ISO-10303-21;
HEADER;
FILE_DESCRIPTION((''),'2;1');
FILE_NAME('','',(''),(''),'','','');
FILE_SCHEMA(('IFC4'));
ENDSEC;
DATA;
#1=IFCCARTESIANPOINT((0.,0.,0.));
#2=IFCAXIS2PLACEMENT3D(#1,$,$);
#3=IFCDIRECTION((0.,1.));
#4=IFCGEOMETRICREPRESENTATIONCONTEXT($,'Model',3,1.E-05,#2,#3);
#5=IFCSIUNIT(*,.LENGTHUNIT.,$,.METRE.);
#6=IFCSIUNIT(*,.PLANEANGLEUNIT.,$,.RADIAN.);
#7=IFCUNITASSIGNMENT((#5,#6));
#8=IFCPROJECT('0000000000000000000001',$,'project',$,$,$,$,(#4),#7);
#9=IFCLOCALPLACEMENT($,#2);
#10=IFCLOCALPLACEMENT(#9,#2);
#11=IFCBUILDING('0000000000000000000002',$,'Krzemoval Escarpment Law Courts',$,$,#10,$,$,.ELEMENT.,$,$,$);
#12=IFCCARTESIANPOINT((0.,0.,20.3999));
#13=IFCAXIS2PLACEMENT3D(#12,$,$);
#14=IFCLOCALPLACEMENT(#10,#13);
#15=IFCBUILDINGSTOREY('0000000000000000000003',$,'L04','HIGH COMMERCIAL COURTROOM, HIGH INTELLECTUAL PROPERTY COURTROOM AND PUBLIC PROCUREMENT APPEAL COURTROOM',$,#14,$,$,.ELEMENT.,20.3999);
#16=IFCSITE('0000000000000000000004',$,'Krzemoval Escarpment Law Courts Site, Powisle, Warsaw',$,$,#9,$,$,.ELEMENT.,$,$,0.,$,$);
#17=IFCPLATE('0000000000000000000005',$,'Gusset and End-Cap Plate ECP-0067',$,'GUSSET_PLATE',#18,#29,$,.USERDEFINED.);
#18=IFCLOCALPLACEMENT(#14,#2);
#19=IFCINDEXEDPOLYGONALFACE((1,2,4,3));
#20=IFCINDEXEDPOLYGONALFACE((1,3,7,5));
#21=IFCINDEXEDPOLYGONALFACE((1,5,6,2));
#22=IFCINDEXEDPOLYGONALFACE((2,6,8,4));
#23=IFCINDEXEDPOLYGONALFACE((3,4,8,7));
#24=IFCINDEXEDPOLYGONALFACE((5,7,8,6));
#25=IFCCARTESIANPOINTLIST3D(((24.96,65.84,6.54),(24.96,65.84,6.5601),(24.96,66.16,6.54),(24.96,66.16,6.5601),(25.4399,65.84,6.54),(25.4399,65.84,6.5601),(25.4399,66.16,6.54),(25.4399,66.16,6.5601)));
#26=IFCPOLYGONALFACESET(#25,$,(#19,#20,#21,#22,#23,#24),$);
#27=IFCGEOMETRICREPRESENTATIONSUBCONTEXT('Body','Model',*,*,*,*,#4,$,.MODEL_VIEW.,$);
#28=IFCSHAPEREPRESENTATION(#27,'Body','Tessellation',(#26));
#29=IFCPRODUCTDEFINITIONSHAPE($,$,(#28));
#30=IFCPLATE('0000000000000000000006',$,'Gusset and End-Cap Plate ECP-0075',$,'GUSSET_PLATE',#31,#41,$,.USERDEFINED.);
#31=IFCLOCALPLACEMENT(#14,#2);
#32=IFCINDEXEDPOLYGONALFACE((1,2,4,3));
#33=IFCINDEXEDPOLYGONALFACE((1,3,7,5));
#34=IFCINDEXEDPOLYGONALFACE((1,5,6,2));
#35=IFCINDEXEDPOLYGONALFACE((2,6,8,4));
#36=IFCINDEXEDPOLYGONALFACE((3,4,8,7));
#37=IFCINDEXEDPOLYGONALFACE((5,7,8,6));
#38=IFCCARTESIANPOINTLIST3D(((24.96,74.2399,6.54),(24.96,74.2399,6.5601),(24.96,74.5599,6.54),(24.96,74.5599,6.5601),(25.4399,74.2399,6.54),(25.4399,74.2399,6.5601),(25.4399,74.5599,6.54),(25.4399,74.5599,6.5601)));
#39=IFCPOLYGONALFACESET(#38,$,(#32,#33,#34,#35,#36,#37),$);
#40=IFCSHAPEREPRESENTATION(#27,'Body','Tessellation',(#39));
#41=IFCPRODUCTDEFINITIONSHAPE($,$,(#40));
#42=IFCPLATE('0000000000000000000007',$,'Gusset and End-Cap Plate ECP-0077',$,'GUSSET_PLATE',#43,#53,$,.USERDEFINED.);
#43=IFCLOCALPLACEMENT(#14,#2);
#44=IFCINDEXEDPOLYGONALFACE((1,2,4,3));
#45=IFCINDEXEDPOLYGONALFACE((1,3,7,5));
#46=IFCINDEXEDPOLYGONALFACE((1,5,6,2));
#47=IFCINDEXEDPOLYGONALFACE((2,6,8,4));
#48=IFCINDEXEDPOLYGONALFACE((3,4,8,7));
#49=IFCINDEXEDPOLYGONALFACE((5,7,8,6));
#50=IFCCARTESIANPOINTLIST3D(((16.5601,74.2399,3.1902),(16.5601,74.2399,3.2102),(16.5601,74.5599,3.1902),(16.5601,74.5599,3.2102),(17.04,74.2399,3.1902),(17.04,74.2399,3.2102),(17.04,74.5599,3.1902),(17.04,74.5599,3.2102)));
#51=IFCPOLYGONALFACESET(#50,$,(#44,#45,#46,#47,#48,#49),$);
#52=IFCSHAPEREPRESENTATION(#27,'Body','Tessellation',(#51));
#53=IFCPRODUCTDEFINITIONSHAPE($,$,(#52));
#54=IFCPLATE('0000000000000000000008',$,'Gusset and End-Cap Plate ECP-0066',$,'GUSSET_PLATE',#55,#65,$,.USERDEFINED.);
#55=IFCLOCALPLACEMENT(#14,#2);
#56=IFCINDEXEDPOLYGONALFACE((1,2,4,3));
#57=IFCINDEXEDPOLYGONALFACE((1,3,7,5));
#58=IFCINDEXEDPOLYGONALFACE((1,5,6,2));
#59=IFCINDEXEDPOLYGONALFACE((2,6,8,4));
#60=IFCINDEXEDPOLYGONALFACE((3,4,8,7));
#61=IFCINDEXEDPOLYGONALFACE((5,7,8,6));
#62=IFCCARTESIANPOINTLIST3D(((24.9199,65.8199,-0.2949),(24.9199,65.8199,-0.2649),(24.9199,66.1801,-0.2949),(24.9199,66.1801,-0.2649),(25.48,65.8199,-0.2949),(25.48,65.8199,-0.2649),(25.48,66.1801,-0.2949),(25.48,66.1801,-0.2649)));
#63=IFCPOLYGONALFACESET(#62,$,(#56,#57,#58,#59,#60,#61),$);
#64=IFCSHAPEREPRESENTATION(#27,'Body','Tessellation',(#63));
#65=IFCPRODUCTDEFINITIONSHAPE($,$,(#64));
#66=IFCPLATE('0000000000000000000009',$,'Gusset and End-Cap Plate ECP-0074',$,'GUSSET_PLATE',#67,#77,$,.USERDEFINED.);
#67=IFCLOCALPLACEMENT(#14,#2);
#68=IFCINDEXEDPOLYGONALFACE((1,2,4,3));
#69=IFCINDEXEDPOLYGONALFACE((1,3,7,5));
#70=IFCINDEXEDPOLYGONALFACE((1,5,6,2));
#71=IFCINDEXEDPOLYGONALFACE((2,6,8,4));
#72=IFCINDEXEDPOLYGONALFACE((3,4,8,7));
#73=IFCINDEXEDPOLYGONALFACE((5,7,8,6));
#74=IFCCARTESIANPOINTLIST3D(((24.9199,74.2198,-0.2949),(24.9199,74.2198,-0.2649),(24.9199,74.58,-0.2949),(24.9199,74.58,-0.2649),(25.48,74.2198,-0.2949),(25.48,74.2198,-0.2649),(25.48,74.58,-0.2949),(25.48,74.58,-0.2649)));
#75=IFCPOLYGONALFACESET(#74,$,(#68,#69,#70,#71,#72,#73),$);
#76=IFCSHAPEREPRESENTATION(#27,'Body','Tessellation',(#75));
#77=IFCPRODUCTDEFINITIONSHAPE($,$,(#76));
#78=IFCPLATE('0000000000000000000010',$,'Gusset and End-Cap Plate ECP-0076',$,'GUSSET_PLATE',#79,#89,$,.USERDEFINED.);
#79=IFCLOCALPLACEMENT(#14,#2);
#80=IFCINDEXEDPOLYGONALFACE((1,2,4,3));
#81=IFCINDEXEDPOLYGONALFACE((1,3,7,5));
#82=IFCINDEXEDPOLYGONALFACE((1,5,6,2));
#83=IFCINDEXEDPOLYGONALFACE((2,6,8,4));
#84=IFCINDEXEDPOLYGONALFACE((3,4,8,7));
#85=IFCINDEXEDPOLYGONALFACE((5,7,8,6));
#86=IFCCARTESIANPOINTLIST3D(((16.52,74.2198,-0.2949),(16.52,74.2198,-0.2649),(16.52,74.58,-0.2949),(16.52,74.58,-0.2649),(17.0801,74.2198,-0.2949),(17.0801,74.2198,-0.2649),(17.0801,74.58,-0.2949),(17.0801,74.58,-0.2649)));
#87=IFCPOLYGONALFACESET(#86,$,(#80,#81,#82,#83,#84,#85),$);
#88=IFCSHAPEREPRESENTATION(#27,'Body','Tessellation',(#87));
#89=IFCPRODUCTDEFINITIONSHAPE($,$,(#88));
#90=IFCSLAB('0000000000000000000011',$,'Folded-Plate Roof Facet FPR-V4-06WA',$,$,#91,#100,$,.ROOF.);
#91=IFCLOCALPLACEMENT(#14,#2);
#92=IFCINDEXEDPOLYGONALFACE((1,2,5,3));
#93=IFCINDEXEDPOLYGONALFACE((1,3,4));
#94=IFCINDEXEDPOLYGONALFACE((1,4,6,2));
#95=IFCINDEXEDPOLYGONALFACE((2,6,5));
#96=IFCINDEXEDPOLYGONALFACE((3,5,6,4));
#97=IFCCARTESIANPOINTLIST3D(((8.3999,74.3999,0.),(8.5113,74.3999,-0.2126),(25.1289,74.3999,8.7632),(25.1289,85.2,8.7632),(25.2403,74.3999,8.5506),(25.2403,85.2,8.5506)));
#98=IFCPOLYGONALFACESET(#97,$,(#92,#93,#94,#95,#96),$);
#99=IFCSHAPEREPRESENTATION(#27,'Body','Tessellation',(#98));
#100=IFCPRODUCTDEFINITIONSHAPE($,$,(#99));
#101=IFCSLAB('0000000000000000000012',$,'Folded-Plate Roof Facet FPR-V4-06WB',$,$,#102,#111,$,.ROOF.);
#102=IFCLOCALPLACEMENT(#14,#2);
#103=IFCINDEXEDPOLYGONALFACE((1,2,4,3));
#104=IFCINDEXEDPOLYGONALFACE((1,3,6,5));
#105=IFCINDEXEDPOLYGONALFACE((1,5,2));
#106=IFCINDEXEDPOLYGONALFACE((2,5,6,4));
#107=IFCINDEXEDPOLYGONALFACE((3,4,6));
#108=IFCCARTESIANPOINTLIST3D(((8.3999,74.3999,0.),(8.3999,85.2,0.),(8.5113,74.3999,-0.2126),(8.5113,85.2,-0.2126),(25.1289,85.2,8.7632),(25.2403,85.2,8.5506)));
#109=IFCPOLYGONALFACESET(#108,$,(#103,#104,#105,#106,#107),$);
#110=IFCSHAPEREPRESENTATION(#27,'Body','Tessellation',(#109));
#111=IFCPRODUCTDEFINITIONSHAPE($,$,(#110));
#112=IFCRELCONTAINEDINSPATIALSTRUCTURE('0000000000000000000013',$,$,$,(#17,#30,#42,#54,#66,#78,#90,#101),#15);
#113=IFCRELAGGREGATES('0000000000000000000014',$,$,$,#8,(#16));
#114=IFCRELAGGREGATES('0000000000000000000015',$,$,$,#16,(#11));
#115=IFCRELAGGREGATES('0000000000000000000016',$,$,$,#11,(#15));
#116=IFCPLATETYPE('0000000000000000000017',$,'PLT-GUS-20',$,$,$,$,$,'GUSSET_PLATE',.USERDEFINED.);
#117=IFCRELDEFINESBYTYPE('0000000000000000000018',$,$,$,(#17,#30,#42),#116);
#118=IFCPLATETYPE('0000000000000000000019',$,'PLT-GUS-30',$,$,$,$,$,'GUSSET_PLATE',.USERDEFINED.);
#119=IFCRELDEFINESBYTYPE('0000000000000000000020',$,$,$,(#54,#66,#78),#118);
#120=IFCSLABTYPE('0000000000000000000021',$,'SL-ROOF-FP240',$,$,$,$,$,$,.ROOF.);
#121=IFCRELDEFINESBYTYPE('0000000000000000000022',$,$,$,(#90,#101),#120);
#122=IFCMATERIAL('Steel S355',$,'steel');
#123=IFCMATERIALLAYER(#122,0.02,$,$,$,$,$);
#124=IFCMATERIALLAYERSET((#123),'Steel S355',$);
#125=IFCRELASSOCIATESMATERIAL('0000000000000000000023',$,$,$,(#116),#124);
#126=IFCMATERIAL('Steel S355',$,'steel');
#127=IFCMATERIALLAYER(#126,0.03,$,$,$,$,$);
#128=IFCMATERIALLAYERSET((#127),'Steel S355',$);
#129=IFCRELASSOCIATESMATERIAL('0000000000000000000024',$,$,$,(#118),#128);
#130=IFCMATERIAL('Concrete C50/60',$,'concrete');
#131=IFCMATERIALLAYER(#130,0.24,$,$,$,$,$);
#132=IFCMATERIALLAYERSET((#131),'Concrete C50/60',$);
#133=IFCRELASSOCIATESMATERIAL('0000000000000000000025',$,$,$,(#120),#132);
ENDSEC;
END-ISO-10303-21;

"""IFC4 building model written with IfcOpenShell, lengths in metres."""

from ifc_helpers import new_model, si_unit, direction, frame, origin, origin_2d, place, context, subcontext, project, spatial, polyline, rectangle, outline, extrude, material, layer, layer_set, type_object, element, save


model = new_model("IFC4")

# Units and contexts
model_context = context("Model", 3, precision=1e-05, world=origin(), true_north=direction((0.0, 1.0)))
body_context = subcontext(model_context, "Body", "Model", "MODEL_VIEW")
ifc_project = project(units=[si_unit("LENGTHUNIT", "METRE"), si_unit("PLANEANGLEUNIT", "RADIAN")], contexts=[model_context])

# Site, building, storey
site_placement = place(None, origin())
site = spatial("IfcSite", under=ifc_project, at=site_placement, Name="Krzemoval Escarpment Law Courts Site, Powisle, Warsaw", CompositionType="ELEMENT", RefElevation=0.0)
building_placement = place(site_placement, origin())
building = spatial("IfcBuilding", under=site, at=building_placement, Name="Krzemoval Escarpment Law Courts", CompositionType="ELEMENT")
storey_placement = place(building_placement, frame((0.0, 0.0, 20.3999)))
storey = spatial("IfcBuildingStorey", under=building, at=storey_placement, Name="L04", Description="HIGH COMMERCIAL COURTROOM, HIGH INTELLECTUAL PROPERTY COURTROOM AND PUBLIC PROCUREMENT APPEAL COURTROOM", CompositionType="ELEMENT", Elevation=20.3999)

# Plates
ifc_material_1 = material(Name="Steel S355", Category="steel")
ifc_layer_1 = layer(ifc_material_1, 0.02)
ifc_layer_set_1 = layer_set([ifc_layer_1], Name="Steel S355")
plate_type_1 = type_object("IfcPlateType", Name="PLT-GUS-20", ElementType="GUSSET_PLATE", PredefinedType="USERDEFINED", material=ifc_layer_set_1)
for number, where, z_axis, x_axis, name in (
    (1, (25.2, 66.0, 6.54), (0.0, 0.0, 1.0), (1.0, 0.0, 0.0), "Gusset and End-Cap Plate ECP-0067"),
    (2, (25.2, 74.3999, 6.54), (0.0, 0.0, 1.0), (1.0, 0.0, 0.0), "Gusset and End-Cap Plate ECP-0075"),
    (3, (16.8, 74.3999, 3.1902), (0.0, 0.0, 1.0), (1.0, 0.0, 0.0), "Gusset and End-Cap Plate ECP-0077"),
):
    element("IfcPlate", number, at=place(storey_placement, frame(where, z_axis=z_axis, x_axis=x_axis)), inside=storey, type_object=plate_type_1, Name=name, ObjectType="GUSSET_PLATE", PredefinedType="USERDEFINED", context=body_context, shape_type="SweptSolid", body=[
        extrude(rectangle(XDim=0.48, YDim=0.3201, at=origin_2d()), origin(), (0.0, 0.0, 1.0), 0.02),
    ])
ifc_material_2 = material(Name="Steel S355", Category="steel")
ifc_layer_2 = layer(ifc_material_2, 0.03)
ifc_layer_set_2 = layer_set([ifc_layer_2], Name="Steel S355")
plate_type_2 = type_object("IfcPlateType", Name="PLT-GUS-30", ElementType="GUSSET_PLATE", PredefinedType="USERDEFINED", material=ifc_layer_set_2)
for number, where, z_axis, x_axis, name in (
    (4, (25.2, 66.0, -0.2949), (0.0, 0.0, 1.0), (1.0, 0.0, 0.0), "Gusset and End-Cap Plate ECP-0066"),
    (5, (25.2, 74.3999, -0.2949), (0.0, 0.0, 1.0), (1.0, 0.0, 0.0), "Gusset and End-Cap Plate ECP-0074"),
    (6, (16.8, 74.3999, -0.2949), (0.0, 0.0, 1.0), (1.0, 0.0, 0.0), "Gusset and End-Cap Plate ECP-0076"),
):
    element("IfcPlate", number, at=place(storey_placement, frame(where, z_axis=z_axis, x_axis=x_axis)), inside=storey, type_object=plate_type_2, Name=name, ObjectType="GUSSET_PLATE", PredefinedType="USERDEFINED", context=body_context, shape_type="SweptSolid", body=[
        extrude(rectangle(XDim=0.5601, YDim=0.3601, at=origin_2d()), origin(), (0.0, 0.0, 1.0), 0.03),
    ])

# Slabs
ifc_material_3 = material(Name="Concrete C50/60", Category="concrete")
ifc_layer_3 = layer(ifc_material_3, 0.24)
ifc_layer_set_3 = layer_set([ifc_layer_3], Name="Concrete C50/60")
slab_type = type_object("IfcSlabType", Name="SL-ROOF-FP240", PredefinedType="ROOF", material=ifc_layer_set_3)
slab_1_placement = place(storey_placement, frame((8.3999, 74.3999, 0.0), z_axis=(-0.464022, 0.0, 0.885823), x_axis=(0.885823, 0.0, 0.464022)))
element("IfcSlab", 7, at=slab_1_placement, inside=storey, type_object=slab_type, Name="Folded-Plate Roof Facet FPR-V4-06WA", PredefinedType="ROOF", context=body_context, shape_type="SweptSolid", body=[
    extrude(outline(polyline([(0.0, 0.0), (18.8853, 0.0), (18.8853, 10.8), (0.0, 0.0)])), origin(), (0.0, 0.0, -1.0), 0.24),
])
slab_2_placement = place(storey_placement, frame((8.3999, 74.3999, 0.0), z_axis=(-0.464022, 0.0, 0.885823), x_axis=(0.768961, 0.496433, 0.402806)))
element("IfcSlab", 8, at=slab_2_placement, inside=storey, type_object=slab_type, Name="Folded-Plate Roof Facet FPR-V4-06WB", PredefinedType="ROOF", context=body_context, shape_type="SweptSolid", body=[
    extrude(outline(polyline([(0.0, 0.0), (21.7553, 0.0), (5.3615, 9.3753), (0.0, 0.0)])), origin(), (0.0, 0.0, -1.0), 0.24),
])

save(model, "model.ifc")
